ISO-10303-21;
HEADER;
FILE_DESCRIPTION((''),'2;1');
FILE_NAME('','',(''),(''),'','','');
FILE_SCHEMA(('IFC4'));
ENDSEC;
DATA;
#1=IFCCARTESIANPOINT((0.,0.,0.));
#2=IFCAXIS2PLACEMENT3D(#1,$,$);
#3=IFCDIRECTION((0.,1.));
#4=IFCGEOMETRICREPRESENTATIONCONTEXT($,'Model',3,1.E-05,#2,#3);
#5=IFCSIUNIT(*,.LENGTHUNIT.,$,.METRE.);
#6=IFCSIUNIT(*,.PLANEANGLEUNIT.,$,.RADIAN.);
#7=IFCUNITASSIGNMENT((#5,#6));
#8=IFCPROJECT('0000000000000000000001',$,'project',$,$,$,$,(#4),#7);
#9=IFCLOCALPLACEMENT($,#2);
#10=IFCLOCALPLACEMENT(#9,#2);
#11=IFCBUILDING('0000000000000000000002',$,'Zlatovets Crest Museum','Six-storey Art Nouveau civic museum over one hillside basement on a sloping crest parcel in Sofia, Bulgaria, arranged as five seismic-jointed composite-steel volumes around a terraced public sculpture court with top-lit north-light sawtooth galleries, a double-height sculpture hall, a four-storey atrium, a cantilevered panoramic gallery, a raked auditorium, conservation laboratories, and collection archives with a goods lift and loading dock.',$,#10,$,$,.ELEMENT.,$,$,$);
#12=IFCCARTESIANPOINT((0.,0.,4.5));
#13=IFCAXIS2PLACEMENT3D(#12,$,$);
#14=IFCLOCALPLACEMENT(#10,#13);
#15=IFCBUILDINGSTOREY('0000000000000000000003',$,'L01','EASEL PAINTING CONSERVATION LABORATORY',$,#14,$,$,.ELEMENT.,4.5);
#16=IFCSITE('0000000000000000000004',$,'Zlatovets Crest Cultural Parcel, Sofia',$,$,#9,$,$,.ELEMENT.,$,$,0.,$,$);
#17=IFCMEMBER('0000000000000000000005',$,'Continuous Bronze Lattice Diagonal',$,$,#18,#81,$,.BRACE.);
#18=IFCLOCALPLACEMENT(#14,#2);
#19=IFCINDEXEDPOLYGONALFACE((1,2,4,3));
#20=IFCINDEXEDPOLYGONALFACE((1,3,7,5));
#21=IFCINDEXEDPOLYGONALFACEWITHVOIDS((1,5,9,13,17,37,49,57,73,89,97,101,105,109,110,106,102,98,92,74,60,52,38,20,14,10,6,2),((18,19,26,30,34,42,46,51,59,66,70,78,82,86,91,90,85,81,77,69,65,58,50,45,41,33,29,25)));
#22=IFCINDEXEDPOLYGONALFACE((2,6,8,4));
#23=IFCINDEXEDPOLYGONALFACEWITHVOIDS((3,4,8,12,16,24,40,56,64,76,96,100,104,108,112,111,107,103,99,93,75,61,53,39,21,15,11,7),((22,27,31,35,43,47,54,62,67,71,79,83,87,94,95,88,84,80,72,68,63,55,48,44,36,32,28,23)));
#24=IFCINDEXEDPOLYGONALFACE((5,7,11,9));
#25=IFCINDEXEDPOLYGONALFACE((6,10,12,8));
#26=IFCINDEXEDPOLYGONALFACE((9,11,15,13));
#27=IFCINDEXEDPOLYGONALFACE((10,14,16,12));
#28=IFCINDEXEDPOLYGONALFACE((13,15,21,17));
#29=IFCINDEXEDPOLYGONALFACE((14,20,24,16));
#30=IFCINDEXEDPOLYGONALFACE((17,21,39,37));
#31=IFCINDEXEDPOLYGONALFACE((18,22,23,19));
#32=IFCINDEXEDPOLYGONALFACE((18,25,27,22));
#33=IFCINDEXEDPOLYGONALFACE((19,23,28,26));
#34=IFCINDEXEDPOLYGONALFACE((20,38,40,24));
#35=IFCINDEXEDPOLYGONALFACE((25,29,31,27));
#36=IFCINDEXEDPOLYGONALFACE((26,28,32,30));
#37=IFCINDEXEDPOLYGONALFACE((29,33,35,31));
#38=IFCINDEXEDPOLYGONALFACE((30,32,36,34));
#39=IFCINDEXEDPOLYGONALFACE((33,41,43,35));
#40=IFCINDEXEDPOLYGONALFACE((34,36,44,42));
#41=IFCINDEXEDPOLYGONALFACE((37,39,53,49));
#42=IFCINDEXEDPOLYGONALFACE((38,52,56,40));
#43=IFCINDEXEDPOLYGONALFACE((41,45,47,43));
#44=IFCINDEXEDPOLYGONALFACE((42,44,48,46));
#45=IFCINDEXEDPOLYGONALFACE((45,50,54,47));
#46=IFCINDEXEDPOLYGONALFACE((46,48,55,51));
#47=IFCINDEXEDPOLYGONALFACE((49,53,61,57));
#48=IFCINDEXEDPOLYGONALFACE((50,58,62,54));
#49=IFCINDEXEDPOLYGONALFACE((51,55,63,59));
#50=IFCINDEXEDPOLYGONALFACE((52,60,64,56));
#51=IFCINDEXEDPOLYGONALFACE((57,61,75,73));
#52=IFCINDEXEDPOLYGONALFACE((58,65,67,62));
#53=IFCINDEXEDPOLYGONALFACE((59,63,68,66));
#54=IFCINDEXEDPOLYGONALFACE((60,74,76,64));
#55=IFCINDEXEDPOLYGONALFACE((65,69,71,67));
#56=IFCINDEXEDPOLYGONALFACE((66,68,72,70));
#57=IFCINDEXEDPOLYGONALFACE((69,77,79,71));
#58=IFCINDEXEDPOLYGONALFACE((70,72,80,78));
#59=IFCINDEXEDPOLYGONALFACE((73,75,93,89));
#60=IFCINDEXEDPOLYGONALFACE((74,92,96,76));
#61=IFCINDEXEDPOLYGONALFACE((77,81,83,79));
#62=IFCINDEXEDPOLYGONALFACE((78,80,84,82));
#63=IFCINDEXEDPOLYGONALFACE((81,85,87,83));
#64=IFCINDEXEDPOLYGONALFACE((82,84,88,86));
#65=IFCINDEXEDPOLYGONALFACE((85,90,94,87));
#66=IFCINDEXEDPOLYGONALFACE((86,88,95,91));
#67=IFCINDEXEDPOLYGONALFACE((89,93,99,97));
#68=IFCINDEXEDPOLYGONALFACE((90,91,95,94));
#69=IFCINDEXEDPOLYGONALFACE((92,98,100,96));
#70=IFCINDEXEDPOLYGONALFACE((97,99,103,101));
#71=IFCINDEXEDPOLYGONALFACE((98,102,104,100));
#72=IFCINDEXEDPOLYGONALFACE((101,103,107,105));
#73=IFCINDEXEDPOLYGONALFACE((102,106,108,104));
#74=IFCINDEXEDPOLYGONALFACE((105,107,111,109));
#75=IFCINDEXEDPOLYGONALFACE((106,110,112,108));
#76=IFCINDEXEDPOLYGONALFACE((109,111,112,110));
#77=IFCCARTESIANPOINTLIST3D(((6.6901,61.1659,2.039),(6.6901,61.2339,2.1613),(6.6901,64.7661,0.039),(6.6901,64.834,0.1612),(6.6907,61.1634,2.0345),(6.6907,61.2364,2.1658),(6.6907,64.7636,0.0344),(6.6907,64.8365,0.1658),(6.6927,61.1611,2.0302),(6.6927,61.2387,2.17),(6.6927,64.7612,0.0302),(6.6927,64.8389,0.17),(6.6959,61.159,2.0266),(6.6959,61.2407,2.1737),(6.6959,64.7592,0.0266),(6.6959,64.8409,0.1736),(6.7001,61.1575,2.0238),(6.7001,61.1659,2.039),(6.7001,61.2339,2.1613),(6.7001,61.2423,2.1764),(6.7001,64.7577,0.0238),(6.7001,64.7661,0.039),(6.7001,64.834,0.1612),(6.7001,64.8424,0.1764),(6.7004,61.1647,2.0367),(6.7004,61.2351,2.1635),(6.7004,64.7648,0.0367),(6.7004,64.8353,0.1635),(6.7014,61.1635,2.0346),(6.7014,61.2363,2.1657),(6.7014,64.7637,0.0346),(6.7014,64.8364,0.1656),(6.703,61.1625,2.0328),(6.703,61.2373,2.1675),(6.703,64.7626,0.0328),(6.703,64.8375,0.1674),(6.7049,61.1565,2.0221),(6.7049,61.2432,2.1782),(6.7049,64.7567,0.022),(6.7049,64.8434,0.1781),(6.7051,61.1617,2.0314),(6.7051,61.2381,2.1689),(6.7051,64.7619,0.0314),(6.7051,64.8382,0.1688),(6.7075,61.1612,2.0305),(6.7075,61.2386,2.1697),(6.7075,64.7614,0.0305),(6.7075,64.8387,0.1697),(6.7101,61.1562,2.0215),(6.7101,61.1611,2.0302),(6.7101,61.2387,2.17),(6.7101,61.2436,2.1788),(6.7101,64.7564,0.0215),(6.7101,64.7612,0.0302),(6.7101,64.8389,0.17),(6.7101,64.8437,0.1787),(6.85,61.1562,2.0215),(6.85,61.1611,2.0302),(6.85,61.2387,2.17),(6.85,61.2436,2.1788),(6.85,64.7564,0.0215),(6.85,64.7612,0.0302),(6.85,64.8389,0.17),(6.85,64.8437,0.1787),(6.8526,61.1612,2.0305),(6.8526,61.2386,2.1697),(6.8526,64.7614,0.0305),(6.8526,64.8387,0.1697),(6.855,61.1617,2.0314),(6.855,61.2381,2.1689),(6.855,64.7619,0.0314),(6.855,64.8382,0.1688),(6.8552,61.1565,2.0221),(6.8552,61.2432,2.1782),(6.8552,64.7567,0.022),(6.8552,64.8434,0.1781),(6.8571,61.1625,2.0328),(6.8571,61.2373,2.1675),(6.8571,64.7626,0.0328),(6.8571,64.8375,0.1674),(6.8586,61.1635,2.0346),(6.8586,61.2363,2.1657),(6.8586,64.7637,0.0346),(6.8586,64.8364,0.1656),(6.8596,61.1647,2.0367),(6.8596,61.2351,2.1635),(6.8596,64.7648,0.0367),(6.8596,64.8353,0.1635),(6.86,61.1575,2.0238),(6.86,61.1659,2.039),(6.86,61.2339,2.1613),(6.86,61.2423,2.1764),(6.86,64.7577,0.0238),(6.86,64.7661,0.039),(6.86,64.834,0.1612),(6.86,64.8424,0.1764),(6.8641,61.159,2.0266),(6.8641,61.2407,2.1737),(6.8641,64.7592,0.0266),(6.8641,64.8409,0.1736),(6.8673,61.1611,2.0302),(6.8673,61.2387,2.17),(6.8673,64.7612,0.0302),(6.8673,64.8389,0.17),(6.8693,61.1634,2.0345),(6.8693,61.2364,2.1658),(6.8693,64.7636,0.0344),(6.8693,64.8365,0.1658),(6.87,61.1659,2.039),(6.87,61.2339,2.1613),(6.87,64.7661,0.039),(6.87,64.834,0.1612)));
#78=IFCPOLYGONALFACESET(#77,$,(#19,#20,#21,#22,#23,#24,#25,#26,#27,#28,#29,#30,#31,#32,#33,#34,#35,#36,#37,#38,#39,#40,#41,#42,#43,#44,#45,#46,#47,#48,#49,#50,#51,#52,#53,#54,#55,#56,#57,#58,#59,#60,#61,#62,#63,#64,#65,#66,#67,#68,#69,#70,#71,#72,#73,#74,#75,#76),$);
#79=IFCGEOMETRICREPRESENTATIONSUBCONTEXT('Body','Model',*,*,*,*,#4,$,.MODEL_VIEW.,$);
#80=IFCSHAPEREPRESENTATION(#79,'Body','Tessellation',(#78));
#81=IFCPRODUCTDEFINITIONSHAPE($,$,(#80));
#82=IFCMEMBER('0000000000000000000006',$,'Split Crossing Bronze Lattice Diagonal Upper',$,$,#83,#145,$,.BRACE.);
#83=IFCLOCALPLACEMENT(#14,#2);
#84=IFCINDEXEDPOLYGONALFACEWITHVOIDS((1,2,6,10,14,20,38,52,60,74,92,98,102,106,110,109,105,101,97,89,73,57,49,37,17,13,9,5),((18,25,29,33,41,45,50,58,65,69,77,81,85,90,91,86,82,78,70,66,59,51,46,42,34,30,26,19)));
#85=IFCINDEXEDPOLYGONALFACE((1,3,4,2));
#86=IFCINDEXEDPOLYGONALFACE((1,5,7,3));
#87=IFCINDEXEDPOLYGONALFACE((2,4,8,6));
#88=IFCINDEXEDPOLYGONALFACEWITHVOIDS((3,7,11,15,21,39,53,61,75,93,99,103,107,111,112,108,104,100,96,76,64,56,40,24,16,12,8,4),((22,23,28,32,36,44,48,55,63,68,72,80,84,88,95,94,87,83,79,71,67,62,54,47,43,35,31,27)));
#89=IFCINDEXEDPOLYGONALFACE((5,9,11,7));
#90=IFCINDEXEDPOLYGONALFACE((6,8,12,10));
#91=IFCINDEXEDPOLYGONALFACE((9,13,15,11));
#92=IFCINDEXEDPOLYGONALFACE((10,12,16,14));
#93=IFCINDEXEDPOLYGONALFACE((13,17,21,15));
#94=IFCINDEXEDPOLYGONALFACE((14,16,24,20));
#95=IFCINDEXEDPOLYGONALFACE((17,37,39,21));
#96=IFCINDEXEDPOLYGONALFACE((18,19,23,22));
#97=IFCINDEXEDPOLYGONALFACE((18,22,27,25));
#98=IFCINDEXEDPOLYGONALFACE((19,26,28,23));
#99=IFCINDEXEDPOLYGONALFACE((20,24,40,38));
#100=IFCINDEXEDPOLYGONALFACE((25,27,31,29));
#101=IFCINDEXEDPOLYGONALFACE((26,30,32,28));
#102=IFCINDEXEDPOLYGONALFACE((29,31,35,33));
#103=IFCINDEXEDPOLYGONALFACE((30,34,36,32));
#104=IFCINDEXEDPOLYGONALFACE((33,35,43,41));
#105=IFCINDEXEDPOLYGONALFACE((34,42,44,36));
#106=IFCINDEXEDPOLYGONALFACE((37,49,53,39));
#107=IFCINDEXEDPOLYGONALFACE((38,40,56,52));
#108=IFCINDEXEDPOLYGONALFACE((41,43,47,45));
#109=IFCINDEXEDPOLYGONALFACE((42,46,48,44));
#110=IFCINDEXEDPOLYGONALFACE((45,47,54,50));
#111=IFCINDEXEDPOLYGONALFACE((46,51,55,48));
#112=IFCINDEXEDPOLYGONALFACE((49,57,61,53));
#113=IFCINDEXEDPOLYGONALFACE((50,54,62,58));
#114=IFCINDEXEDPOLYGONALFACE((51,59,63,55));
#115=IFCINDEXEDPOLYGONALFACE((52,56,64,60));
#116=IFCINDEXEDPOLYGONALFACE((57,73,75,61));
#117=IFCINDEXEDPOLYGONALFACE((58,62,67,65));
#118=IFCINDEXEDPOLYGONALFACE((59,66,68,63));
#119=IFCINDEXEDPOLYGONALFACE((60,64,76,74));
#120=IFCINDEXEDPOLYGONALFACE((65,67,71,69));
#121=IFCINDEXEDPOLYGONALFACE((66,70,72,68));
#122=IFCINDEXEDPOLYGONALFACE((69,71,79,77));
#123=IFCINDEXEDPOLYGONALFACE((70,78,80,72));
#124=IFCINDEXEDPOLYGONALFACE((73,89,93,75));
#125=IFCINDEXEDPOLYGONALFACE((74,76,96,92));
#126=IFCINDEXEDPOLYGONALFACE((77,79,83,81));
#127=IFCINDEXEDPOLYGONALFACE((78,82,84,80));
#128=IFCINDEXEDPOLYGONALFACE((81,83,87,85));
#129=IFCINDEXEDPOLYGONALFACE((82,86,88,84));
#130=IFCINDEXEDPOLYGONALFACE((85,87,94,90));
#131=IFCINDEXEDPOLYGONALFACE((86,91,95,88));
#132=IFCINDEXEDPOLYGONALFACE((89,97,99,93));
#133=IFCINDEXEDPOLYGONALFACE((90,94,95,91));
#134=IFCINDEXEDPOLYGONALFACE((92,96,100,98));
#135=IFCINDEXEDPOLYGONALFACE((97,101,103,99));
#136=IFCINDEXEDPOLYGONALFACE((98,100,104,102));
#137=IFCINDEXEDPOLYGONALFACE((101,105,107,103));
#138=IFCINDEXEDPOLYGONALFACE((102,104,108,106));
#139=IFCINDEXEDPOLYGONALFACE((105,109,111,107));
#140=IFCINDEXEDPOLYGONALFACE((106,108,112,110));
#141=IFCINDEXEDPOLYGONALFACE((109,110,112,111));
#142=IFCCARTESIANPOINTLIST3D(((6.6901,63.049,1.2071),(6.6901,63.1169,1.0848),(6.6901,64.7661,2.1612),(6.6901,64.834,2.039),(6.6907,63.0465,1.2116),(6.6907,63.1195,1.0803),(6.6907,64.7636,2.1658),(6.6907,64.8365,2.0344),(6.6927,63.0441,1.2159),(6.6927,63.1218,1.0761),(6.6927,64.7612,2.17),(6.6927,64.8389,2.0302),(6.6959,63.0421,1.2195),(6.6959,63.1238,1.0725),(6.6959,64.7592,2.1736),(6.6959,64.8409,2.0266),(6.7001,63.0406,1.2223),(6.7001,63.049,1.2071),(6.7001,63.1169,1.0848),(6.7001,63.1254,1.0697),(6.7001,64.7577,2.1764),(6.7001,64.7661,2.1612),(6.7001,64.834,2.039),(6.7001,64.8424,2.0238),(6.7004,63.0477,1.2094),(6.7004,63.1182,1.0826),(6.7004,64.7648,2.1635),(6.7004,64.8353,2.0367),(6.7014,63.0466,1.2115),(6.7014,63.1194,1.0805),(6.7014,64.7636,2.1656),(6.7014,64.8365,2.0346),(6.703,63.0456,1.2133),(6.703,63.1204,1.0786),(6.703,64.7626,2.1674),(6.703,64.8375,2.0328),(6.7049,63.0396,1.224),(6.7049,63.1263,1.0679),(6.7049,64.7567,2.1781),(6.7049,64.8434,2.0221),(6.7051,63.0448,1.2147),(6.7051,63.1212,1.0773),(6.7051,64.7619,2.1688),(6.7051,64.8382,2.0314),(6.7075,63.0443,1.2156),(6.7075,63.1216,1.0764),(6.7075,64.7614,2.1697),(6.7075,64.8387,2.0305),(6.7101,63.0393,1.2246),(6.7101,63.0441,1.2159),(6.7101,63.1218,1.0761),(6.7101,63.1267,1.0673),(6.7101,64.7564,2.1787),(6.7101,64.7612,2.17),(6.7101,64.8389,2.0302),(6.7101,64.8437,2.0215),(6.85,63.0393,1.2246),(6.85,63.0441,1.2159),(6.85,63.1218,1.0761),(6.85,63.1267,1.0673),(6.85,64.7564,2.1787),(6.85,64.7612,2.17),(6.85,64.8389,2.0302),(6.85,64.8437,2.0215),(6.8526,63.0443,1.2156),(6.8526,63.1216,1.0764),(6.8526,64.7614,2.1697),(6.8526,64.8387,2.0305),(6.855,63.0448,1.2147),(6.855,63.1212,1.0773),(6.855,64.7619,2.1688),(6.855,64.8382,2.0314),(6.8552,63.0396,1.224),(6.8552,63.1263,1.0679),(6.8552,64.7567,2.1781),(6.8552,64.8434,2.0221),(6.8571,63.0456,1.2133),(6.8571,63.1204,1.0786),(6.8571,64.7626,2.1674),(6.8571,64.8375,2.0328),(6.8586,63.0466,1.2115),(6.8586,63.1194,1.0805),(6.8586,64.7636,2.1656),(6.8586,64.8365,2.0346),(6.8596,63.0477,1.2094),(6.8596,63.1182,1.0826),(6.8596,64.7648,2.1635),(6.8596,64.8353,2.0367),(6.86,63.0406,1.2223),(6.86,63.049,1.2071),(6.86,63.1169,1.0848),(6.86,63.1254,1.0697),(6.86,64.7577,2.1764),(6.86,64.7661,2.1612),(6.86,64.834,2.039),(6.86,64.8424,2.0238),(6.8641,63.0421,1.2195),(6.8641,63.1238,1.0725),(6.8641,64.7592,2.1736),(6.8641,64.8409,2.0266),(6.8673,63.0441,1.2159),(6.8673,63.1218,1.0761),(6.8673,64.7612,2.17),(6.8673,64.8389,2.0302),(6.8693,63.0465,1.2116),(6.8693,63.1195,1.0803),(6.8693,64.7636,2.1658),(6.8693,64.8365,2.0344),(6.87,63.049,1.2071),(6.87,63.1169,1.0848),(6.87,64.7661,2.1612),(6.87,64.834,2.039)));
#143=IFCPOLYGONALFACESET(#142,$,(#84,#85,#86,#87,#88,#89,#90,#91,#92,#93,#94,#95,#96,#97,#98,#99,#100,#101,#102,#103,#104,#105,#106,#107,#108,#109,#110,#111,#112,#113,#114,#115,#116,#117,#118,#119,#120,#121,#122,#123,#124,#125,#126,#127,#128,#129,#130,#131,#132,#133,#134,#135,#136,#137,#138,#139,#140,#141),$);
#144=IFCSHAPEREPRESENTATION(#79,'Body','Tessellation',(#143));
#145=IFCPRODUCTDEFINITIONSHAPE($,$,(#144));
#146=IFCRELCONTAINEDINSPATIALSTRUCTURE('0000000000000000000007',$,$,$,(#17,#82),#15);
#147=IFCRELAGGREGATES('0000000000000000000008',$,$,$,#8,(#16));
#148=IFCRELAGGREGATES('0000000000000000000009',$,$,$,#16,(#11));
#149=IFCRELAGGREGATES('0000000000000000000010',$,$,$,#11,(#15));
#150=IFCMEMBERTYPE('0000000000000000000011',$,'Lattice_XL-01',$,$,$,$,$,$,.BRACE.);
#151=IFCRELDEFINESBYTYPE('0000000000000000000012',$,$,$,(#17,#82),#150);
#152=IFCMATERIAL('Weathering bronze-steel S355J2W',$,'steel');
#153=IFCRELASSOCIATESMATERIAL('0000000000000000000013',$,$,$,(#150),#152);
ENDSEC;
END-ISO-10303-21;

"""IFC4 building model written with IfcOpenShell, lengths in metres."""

from ifc_helpers import new_model, si_unit, direction, frame, origin, origin_2d, place, context, subcontext, project, spatial, hollow_rectangle, extrude, material, material_profile, profile_set, type_object, element, save


model = new_model("IFC4")

# Units and contexts
model_context = context("Model", 3, precision=1e-05, world=origin(), true_north=direction((0.0, 1.0)))
body_context = subcontext(model_context, "Body", "Model", "MODEL_VIEW")
ifc_project = project(units=[si_unit("LENGTHUNIT", "METRE"), si_unit("PLANEANGLEUNIT", "RADIAN")], contexts=[model_context])

# Site, building, storey
site_placement = place(None, origin())
site = spatial("IfcSite", under=ifc_project, at=site_placement, Name="Zlatovets Crest Cultural Parcel, Sofia", CompositionType="ELEMENT", RefElevation=0.0)
building_placement = place(site_placement, origin())
building = spatial("IfcBuilding", under=site, at=building_placement, Name="Zlatovets Crest Museum", Description="Six-storey Art Nouveau civic museum over one hillside basement on a sloping crest parcel in Sofia, Bulgaria, arranged as five seismic-jointed composite-steel volumes around a terraced public sculpture court with top-lit north-light sawtooth galleries, a double-height sculpture hall, a four-storey atrium, a cantilevered panoramic gallery, a raked auditorium, conservation laboratories, and collection archives with a goods lift and loading dock.", CompositionType="ELEMENT")
storey_placement = place(building_placement, frame((0.0, 0.0, 4.5)))
storey = spatial("IfcBuildingStorey", under=building, at=storey_placement, Name="L01", Description="EASEL PAINTING CONSERVATION LABORATORY", CompositionType="ELEMENT", Elevation=4.5)

# Members
ifc_material_1 = material(Name="Weathering bronze-steel S355J2W", Category="steel")
ifc_material_profile_1 = material_profile(ifc_material_1, hollow_rectangle(XDim=0.1799, YDim=0.1799, WallThickness=0.01, InnerFilletRadius=0.01, OuterFilletRadius=0.02, at=origin_2d()), Name="SHS 180x180x10.0")
ifc_profile_set_1 = profile_set([ifc_material_profile_1], Name="Weathering bronze-steel S355J2W")
member_type_1 = type_object("IfcMemberType", Name="Lattice_XL-01", PredefinedType="BRACE", material=ifc_profile_set_1)
member_1_placement = place(storey_placement, frame((6.78, 64.8, 0.1001), z_axis=(0.0, -0.874163, 0.485633), x_axis=(1.0, 0.0, 0.0)))
element("IfcMember", 1, at=member_1_placement, inside=storey, type_object=member_type_1, Name="Continuous Bronze Lattice Diagonal", PredefinedType="BRACE", context=body_context, shape_type="SweptSolid", body=[
    extrude(hollow_rectangle(XDim=0.1799, YDim=0.1799, WallThickness=0.01, InnerFilletRadius=0.01, OuterFilletRadius=0.02, at=origin_2d()), origin(), (0.0, 0.0, 1.0), 4.1184),
])
member_2_placement = place(storey_placement, frame((6.78, 64.8, 2.1001), z_axis=(0.0, -0.874116, -0.485717), x_axis=(1.0, 0.0, 0.0)))
element("IfcMember", 2, at=member_2_placement, inside=storey, type_object=member_type_1, Name="Split Crossing Bronze Lattice Diagonal Upper", PredefinedType="BRACE", context=body_context, shape_type="SweptSolid", body=[
    extrude(hollow_rectangle(XDim=0.1799, YDim=0.1799, WallThickness=0.01, InnerFilletRadius=0.01, OuterFilletRadius=0.02, at=origin_2d()), origin(), (0.0, 0.0, 1.0), 1.9644),
])

save(model, "model.ifc")
